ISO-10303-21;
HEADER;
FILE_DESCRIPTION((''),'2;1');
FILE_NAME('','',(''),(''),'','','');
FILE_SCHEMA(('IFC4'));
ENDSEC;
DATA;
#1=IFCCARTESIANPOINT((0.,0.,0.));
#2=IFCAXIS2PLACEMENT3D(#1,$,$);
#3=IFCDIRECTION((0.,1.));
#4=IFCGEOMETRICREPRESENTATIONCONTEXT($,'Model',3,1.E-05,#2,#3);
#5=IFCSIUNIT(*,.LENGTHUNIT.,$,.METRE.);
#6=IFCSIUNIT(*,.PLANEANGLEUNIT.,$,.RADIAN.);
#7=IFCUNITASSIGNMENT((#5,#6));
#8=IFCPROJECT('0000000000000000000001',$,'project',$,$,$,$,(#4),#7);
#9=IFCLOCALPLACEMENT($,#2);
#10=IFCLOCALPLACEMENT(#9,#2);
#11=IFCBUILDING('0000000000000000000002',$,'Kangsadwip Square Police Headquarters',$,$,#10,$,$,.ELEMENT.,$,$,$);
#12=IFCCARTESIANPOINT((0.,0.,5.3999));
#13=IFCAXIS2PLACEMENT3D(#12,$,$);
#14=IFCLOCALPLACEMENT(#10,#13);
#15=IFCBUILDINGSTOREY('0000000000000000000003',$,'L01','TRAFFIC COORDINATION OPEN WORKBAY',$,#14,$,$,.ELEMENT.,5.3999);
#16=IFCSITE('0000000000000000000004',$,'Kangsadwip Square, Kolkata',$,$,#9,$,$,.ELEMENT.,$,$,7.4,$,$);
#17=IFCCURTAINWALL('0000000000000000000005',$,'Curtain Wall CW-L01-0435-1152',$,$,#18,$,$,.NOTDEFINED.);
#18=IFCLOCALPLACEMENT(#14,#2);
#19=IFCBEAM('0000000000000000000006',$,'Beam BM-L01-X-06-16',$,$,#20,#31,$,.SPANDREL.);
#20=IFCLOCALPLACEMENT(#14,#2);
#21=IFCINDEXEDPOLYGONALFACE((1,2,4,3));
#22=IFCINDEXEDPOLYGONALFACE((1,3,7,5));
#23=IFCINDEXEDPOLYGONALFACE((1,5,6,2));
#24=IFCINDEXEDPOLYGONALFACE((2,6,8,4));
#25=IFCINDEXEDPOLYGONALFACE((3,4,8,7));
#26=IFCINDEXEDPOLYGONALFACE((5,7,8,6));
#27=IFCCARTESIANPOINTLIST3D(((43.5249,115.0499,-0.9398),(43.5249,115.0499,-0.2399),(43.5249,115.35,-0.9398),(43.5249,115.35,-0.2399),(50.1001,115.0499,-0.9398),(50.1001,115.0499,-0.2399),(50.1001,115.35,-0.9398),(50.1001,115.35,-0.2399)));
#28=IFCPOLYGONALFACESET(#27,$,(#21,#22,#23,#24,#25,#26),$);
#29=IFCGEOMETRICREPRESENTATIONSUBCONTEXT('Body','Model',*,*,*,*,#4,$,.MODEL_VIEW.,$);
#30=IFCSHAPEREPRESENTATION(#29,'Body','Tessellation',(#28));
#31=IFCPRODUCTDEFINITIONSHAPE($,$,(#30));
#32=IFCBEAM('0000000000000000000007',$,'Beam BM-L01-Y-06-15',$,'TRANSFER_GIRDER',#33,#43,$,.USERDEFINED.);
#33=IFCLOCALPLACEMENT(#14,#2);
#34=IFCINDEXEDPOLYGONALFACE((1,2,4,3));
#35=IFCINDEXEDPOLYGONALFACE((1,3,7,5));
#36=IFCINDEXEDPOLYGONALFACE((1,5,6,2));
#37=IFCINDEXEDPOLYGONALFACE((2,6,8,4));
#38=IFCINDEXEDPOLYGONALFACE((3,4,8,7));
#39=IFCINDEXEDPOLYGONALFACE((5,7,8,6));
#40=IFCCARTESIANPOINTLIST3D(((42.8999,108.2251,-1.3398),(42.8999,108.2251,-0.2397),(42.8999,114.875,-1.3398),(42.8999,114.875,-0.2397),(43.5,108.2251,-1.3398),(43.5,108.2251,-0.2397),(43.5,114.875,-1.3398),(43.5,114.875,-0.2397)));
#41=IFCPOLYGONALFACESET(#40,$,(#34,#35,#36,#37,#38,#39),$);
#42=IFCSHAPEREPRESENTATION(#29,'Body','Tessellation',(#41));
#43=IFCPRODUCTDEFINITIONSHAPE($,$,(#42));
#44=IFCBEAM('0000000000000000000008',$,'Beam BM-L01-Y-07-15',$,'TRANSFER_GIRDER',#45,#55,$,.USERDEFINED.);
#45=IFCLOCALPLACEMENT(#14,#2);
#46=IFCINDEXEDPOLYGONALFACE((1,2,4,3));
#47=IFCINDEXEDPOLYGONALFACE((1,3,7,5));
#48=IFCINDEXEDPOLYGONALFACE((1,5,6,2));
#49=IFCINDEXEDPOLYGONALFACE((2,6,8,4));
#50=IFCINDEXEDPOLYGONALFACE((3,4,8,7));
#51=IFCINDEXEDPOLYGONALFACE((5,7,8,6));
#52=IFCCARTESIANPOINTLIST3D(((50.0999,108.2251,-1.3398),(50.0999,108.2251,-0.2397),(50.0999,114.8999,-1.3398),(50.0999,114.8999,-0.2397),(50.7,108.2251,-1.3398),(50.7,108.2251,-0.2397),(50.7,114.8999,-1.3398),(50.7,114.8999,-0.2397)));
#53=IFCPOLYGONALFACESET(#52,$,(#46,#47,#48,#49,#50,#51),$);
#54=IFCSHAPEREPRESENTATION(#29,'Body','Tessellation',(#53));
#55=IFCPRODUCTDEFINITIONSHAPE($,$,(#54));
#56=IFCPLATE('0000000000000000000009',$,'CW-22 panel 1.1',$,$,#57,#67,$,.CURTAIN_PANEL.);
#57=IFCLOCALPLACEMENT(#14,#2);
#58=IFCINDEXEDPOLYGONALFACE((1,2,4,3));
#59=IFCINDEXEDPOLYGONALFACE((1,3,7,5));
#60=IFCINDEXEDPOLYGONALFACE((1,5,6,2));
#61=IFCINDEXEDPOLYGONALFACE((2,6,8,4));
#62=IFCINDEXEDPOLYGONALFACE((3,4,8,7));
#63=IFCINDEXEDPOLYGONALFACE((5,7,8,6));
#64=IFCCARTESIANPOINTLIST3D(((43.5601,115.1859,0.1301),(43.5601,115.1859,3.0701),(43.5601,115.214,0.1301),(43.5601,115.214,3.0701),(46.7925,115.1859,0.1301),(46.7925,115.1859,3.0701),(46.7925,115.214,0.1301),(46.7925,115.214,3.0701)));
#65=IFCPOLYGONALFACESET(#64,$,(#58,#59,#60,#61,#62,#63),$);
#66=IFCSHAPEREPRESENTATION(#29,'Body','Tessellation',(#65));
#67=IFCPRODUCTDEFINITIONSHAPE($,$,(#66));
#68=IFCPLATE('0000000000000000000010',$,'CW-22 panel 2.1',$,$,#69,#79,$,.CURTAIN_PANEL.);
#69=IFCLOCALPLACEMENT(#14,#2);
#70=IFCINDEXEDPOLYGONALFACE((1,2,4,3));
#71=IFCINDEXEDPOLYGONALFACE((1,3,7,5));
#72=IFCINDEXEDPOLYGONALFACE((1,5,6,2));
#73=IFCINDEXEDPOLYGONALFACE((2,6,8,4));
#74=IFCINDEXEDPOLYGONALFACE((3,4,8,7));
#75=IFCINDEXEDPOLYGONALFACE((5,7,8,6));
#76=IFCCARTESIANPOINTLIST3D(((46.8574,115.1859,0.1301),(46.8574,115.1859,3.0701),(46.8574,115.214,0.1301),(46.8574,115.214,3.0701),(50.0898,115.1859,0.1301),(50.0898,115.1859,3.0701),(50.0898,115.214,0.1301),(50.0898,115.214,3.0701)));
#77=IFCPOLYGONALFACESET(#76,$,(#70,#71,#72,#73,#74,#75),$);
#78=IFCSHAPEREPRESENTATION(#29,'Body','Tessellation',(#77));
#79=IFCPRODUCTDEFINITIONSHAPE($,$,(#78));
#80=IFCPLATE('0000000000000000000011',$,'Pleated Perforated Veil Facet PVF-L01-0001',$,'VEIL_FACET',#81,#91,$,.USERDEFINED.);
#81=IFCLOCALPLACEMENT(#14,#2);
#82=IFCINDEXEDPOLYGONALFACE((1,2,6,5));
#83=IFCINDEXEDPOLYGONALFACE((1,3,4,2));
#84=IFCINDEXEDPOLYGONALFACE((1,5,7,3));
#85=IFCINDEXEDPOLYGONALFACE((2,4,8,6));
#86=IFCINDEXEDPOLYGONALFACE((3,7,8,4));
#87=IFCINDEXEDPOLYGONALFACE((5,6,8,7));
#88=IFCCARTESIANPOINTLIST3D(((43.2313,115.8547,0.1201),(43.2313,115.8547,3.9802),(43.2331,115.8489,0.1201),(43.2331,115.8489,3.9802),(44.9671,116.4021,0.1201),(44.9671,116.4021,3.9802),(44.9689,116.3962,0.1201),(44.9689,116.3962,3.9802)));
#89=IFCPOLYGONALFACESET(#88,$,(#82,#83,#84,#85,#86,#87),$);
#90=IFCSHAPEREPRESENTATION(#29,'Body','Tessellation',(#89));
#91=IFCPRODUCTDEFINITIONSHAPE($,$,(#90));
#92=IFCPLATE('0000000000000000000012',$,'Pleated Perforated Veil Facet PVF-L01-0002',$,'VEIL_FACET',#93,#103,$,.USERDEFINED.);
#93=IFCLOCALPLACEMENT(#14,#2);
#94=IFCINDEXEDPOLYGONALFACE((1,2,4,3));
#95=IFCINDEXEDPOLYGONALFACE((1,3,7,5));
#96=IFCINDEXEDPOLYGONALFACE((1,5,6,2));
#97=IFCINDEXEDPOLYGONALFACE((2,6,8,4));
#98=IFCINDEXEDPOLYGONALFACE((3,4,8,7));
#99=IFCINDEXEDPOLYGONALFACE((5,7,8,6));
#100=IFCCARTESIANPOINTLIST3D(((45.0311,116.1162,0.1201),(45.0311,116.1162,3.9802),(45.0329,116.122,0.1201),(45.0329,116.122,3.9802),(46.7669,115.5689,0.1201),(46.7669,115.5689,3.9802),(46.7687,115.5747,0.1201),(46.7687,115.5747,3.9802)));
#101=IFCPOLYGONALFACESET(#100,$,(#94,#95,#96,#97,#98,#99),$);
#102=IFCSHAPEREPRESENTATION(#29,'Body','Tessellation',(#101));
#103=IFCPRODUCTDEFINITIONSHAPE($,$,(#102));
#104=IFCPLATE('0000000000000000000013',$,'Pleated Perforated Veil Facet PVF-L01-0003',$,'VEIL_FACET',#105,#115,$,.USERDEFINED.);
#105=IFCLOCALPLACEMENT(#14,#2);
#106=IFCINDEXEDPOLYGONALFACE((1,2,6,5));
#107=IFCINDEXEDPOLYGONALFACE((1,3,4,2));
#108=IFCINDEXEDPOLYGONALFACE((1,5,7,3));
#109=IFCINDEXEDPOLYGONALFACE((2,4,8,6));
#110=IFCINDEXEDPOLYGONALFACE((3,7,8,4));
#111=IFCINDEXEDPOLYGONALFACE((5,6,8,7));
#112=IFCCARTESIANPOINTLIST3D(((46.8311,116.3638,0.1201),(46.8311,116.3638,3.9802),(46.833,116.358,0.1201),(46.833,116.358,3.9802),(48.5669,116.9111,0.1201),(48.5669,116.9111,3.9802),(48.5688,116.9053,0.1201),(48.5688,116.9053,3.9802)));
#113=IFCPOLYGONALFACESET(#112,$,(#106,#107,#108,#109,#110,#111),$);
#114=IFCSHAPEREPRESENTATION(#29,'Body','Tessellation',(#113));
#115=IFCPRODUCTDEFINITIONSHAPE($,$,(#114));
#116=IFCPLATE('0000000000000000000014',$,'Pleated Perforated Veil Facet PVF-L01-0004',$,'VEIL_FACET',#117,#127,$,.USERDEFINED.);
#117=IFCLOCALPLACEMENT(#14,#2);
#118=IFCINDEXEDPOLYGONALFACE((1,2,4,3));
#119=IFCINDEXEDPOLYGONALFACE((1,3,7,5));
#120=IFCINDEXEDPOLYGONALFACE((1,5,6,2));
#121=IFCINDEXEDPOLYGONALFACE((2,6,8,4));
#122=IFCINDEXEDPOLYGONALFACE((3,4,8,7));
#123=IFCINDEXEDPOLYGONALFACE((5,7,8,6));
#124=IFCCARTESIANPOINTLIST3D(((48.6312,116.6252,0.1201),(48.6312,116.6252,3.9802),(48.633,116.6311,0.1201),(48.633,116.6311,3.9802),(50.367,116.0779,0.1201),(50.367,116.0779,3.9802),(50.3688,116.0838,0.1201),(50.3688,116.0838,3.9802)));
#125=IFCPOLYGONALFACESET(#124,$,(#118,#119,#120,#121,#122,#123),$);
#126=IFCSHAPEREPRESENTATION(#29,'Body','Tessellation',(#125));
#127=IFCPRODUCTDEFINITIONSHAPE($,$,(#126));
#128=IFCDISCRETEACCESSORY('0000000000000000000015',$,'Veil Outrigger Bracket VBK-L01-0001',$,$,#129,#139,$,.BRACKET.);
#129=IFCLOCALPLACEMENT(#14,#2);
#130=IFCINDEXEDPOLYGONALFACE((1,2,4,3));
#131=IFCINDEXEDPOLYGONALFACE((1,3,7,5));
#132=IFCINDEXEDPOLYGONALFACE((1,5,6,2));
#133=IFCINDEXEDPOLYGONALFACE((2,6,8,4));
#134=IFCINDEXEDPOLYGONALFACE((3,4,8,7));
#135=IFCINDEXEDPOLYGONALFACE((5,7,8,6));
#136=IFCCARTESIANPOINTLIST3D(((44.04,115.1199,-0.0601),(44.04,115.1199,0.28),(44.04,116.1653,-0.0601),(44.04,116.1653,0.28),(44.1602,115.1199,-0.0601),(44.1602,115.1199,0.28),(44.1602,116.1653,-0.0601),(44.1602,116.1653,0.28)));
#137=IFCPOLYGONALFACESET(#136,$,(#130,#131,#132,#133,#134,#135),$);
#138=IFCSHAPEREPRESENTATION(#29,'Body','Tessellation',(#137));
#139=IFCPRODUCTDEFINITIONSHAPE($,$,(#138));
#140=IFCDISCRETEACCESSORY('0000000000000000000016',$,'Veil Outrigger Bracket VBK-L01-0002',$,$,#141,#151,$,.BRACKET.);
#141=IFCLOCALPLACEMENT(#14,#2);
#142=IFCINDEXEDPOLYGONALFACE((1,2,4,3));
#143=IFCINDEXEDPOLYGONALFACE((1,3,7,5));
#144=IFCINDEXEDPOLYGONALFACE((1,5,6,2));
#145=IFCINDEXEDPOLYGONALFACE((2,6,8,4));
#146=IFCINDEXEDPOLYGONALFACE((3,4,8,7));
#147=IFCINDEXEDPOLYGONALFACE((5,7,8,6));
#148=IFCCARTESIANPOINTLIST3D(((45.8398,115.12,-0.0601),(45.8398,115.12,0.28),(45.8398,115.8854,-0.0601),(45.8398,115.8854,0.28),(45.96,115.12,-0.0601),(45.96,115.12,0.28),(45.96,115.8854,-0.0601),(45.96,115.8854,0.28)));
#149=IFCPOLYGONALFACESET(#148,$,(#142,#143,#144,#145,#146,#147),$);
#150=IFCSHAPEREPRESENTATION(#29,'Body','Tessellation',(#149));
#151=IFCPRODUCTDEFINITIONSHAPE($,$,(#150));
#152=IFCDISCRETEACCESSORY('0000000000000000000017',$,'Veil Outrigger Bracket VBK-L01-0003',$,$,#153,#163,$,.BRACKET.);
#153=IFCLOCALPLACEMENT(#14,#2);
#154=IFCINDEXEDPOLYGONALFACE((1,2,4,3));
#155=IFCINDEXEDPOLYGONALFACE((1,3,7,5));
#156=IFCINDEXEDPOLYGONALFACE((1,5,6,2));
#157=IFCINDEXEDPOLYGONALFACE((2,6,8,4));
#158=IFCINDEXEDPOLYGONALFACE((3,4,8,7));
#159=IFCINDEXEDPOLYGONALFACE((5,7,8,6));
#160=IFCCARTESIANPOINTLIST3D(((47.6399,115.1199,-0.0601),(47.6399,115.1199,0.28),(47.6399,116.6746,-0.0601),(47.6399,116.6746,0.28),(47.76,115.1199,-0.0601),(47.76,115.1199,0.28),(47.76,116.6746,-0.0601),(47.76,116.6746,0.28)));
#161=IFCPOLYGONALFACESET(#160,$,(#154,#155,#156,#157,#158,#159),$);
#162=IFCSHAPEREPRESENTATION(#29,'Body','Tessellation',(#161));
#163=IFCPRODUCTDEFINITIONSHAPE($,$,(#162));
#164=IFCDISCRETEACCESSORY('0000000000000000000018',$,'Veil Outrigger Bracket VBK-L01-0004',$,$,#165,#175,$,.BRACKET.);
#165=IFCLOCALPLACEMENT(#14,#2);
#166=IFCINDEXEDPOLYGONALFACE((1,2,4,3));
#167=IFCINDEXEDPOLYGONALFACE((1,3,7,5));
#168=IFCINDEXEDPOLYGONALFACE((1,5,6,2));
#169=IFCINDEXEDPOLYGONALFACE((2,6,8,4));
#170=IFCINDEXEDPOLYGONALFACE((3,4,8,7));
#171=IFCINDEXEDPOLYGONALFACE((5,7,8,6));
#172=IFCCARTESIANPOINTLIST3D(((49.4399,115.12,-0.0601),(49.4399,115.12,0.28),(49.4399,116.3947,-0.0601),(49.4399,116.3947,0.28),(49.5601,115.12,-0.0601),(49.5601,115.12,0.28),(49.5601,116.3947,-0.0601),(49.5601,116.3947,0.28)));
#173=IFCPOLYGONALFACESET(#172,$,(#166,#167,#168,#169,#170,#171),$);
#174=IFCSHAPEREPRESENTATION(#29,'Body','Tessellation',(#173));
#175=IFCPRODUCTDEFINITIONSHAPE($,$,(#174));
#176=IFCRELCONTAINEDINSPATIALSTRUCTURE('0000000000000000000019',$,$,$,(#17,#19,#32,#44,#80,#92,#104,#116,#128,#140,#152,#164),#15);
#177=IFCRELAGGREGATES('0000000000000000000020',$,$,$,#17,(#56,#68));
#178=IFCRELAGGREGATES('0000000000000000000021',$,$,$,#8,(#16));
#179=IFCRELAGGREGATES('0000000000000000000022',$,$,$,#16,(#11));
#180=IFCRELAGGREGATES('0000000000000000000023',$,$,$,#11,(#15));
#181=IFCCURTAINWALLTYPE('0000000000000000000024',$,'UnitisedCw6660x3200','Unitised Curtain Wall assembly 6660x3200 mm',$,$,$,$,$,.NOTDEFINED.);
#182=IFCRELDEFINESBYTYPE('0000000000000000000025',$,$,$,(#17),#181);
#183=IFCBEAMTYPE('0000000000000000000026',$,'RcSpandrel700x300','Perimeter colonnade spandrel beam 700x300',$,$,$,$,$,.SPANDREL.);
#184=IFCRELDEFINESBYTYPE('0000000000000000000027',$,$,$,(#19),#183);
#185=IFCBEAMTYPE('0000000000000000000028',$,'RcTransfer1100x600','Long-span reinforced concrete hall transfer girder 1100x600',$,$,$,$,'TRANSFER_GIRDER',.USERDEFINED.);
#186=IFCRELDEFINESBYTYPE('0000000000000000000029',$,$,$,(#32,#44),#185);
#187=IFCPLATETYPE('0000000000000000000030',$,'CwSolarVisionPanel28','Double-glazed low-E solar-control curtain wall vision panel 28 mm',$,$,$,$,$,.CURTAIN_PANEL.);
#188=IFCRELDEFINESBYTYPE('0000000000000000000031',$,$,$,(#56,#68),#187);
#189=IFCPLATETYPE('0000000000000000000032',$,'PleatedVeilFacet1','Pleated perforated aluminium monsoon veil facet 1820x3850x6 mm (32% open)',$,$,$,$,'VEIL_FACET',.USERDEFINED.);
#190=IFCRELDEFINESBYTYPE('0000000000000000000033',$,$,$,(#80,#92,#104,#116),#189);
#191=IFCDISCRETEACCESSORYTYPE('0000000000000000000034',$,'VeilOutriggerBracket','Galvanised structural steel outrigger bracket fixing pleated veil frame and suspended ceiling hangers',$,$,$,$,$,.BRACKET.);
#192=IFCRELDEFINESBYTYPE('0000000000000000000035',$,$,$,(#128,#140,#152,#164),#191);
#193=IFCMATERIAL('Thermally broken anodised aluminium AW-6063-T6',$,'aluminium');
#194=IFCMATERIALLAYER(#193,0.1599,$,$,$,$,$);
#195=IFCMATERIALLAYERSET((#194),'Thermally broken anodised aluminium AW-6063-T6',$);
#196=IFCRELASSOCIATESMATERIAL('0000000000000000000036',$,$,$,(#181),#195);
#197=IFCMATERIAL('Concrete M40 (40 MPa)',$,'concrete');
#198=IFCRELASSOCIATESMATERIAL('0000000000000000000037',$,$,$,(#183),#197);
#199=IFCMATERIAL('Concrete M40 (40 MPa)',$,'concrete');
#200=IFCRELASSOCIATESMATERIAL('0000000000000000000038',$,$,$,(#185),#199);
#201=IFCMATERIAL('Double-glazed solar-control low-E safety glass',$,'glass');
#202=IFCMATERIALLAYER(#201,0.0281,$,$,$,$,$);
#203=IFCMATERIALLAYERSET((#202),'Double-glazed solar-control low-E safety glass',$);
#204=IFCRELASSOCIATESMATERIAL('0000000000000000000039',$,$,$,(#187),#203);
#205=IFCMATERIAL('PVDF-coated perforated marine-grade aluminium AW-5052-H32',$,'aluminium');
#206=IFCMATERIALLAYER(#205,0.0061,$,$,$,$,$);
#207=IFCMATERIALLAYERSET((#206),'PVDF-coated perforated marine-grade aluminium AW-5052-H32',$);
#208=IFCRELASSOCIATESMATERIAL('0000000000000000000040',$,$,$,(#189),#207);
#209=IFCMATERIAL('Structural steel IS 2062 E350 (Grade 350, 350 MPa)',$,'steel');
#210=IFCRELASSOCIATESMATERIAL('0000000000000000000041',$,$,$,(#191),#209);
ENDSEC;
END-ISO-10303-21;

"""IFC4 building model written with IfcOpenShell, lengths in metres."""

from ifc_helpers import new_model, si_unit, direction, frame, origin, origin_2d, place, context, subcontext, project, spatial, rectangle, extrude, material, layer, layer_set, material_profile, profile_set, type_object, element, aggregate, save


model = new_model("IFC4")

# Units and contexts
model_context = context("Model", 3, precision=1e-05, world=origin(), true_north=direction((0.0, 1.0)))
body_context = subcontext(model_context, "Body", "Model", "MODEL_VIEW")
ifc_project = project(units=[si_unit("LENGTHUNIT", "METRE"), si_unit("PLANEANGLEUNIT", "RADIAN")], contexts=[model_context])

# Site, building, storey
site_placement = place(None, origin())
site = spatial("IfcSite", under=ifc_project, at=site_placement, Name="Kangsadwip Square, Kolkata", CompositionType="ELEMENT", RefElevation=7.4)
building_placement = place(site_placement, origin())
building = spatial("IfcBuilding", under=site, at=building_placement, Name="Kangsadwip Square Police Headquarters", CompositionType="ELEMENT")
storey_placement = place(building_placement, frame((0.0, 0.0, 5.3999)))
storey = spatial("IfcBuildingStorey", under=building, at=storey_placement, Name="L01", Description="TRAFFIC COORDINATION OPEN WORKBAY", CompositionType="ELEMENT", Elevation=5.3999)

# Curtain wall
ifc_material_1 = material(Name="Thermally broken anodised aluminium AW-6063-T6", Category="aluminium")
ifc_layer_1 = layer(ifc_material_1, 0.1599)
ifc_layer_set_1 = layer_set([ifc_layer_1], Name="Thermally broken anodised aluminium AW-6063-T6")
curtain_wall_type_1 = type_object("IfcCurtainWallType", Name="UnitisedCw6660x3200", Description="Unitised Curtain Wall assembly 6660x3200 mm", PredefinedType="NOTDEFINED", material=ifc_layer_set_1)
curtain_wall_1_placement = place(storey_placement, origin())
curtain_wall_1 = element("IfcCurtainWall", 1, at=curtain_wall_1_placement, inside=storey, type_object=curtain_wall_type_1, Name="Curtain Wall CW-L01-0435-1152", PredefinedType="NOTDEFINED")

# Beams
ifc_material_2 = material(Name="Concrete M40 (40 MPa)", Category="concrete")
ifc_material_profile_1 = material_profile(ifc_material_2, rectangle(XDim=0.3, YDim=0.7, at=origin_2d()), Name="RC SPN 700X300")
ifc_profile_set_1 = profile_set([ifc_material_profile_1], Name="Concrete M40 (40 MPa)")
beam_type_1 = type_object("IfcBeamType", Name="RcSpandrel700x300", Description="Perimeter colonnade spandrel beam 700x300", PredefinedType="SPANDREL", material=ifc_profile_set_1)
beam_1_placement = place(storey_placement, frame((43.5249, 115.2, -0.5898), z_axis=(1.0, 0.0, 0.0), x_axis=(0.0, 1.0, 0.0)))
element("IfcBeam", 2, at=beam_1_placement, inside=storey, type_object=beam_type_1, Name="Beam BM-L01-X-06-16", PredefinedType="SPANDREL", context=body_context, shape_type="SweptSolid", body=[
    extrude(rectangle(XDim=0.3, YDim=0.7, at=origin_2d()), origin(), (0.0, 0.0, 1.0), 6.5752),
])
ifc_material_3 = material(Name="Concrete M40 (40 MPa)", Category="concrete")
ifc_material_profile_2 = material_profile(ifc_material_3, rectangle(XDim=0.6001, YDim=1.1001, at=origin_2d()), Name="RC TG 1100X600")
ifc_profile_set_2 = profile_set([ifc_material_profile_2], Name="Concrete M40 (40 MPa)")
beam_type_2 = type_object("IfcBeamType", Name="RcTransfer1100x600", Description="Long-span reinforced concrete hall transfer girder 1100x600", ElementType="TRANSFER_GIRDER", PredefinedType="USERDEFINED", material=ifc_profile_set_2)
beam_2_placement = place(storey_placement, frame((43.2, 108.2251, -0.7898), z_axis=(0.0, 1.0, 0.0), x_axis=(-1.0, 0.0, 0.0)))
element("IfcBeam", 3, at=beam_2_placement, inside=storey, type_object=beam_type_2, Name="Beam BM-L01-Y-06-15", ObjectType="TRANSFER_GIRDER", PredefinedType="USERDEFINED", context=body_context, shape_type="SweptSolid", body=[
    extrude(rectangle(XDim=0.6001, YDim=1.1001, at=origin_2d()), origin(), (0.0, 0.0, 1.0), 6.6499),
])
beam_3_placement = place(storey_placement, frame((50.3999, 108.2251, -0.7898), z_axis=(0.0, 1.0, 0.0), x_axis=(-1.0, 0.0, 0.0)))
element("IfcBeam", 4, at=beam_3_placement, inside=storey, type_object=beam_type_2, Name="Beam BM-L01-Y-07-15", ObjectType="TRANSFER_GIRDER", PredefinedType="USERDEFINED", context=body_context, shape_type="SweptSolid", body=[
    extrude(rectangle(XDim=0.6001, YDim=1.1001, at=origin_2d()), origin(), (0.0, 0.0, 1.0), 6.6748),
])

# Plates
ifc_material_4 = material(Name="Double-glazed solar-control low-E safety glass", Category="glass")
ifc_layer_2 = layer(ifc_material_4, 0.0281)
ifc_layer_set_2 = layer_set([ifc_layer_2], Name="Double-glazed solar-control low-E safety glass")
plate_type_1 = type_object("IfcPlateType", Name="CwSolarVisionPanel28", Description="Double-glazed low-E solar-control curtain wall vision panel 28 mm", PredefinedType="CURTAIN_PANEL", material=ifc_layer_set_2)
plate_1_placement = place(storey_placement, frame((45.1763, 115.2, 0.1301), z_axis=(0.0, 0.0, 1.0), x_axis=(1.0, 0.0, 0.0)))
plate_1 = element("IfcPlate", 5, at=plate_1_placement, type_object=plate_type_1, Name="CW-22 panel 1.1", PredefinedType="CURTAIN_PANEL", context=body_context, shape_type="SweptSolid", body=[
    extrude(rectangle(XDim=3.2324, YDim=0.0281, at=origin_2d()), origin(), (0.0, 0.0, 1.0), 2.9399),
])
plate_2_placement = place(storey_placement, frame((48.4736, 115.2, 0.1301), z_axis=(0.0, 0.0, 1.0), x_axis=(1.0, 0.0, 0.0)))
plate_2 = element("IfcPlate", 6, at=plate_2_placement, type_object=plate_type_1, Name="CW-22 panel 2.1", PredefinedType="CURTAIN_PANEL", context=body_context, shape_type="SweptSolid", body=[
    extrude(rectangle(XDim=3.2324, YDim=0.0281, at=origin_2d()), origin(), (0.0, 0.0, 1.0), 2.9399),
])
aggregate(curtain_wall_1, [plate_1, plate_2])

# Plates
ifc_material_5 = material(Name="PVDF-coated perforated marine-grade aluminium AW-5052-H32", Category="aluminium")
ifc_layer_3 = layer(ifc_material_5, 0.0061)
ifc_layer_set_3 = layer_set([ifc_layer_3], Name="PVDF-coated perforated marine-grade aluminium AW-5052-H32")
plate_type_2 = type_object("IfcPlateType", Name="PleatedVeilFacet1", Description="Pleated perforated aluminium monsoon veil facet 1820x3850x6 mm (32% open)", ElementType="VEIL_FACET", PredefinedType="USERDEFINED", material=ifc_layer_set_3)
for number, where, z_axis, x_axis, name in (
    (7, (44.1001, 116.1255, 0.1201), (0.0, 0.0, 1.0), (0.953717, 0.300706, 0.0), "Pleated Perforated Veil Facet PVF-L01-0001"),
    (8, (45.8999, 115.8455, 0.1201), (0.0, 0.0, 1.0), (0.953717, -0.300706, 0.0), "Pleated Perforated Veil Facet PVF-L01-0002"),
    (9, (47.7, 116.6345, 0.1201), (0.0, 0.0, 1.0), (0.953717, 0.300706, 0.0), "Pleated Perforated Veil Facet PVF-L01-0003"),
    (10, (49.5, 116.3545, 0.1201), (0.0, 0.0, 1.0), (0.953717, -0.300706, 0.0), "Pleated Perforated Veil Facet PVF-L01-0004"),
):
    element("IfcPlate", number, at=place(storey_placement, frame(where, z_axis=z_axis, x_axis=x_axis)), inside=storey, type_object=plate_type_2, Name=name, ObjectType="VEIL_FACET", PredefinedType="USERDEFINED", context=body_context, shape_type="SweptSolid", body=[
        extrude(rectangle(XDim=1.8201, YDim=0.0061, at=origin_2d()), origin(), (0.0, 0.0, 1.0), 3.8601),
    ])

# Discrete accessories
ifc_material_6 = material(Name="Structural steel IS 2062 E350 (Grade 350, 350 MPa)", Category="steel")
discrete_accessory_type = type_object("IfcDiscreteAccessoryType", Name="VeilOutriggerBracket", Description="Galvanised structural steel outrigger bracket fixing pleated veil frame and suspended ceiling hangers", PredefinedType="BRACKET", material=ifc_material_6)
discrete_accessory_1_placement = place(storey_placement, frame((44.1001, 115.6426, -0.0601), z_axis=(0.0, 0.0, 1.0), x_axis=(1.0, 0.0, 0.0)))
element("IfcDiscreteAccessory", 11, at=discrete_accessory_1_placement, inside=storey, type_object=discrete_accessory_type, Name="Veil Outrigger Bracket VBK-L01-0001", PredefinedType="BRACKET", context=body_context, shape_type="SweptSolid", body=[
    extrude(rectangle(XDim=0.1201, YDim=1.0454, at=origin_2d()), origin(), (0.0, 0.0, 1.0), 0.3401),
])
discrete_accessory_2_placement = place(storey_placement, frame((45.8999, 115.5027, -0.0601), z_axis=(0.0, 0.0, 1.0), x_axis=(1.0, 0.0, 0.0)))
element("IfcDiscreteAccessory", 12, at=discrete_accessory_2_placement, inside=storey, type_object=discrete_accessory_type, Name="Veil Outrigger Bracket VBK-L01-0002", PredefinedType="BRACKET", context=body_context, shape_type="SweptSolid", body=[
    extrude(rectangle(XDim=0.1201, YDim=0.7654, at=origin_2d()), origin(), (0.0, 0.0, 1.0), 0.3401),
])
discrete_accessory_3_placement = place(storey_placement, frame((47.7, 115.8972, -0.0601), z_axis=(0.0, 0.0, 1.0), x_axis=(1.0, 0.0, 0.0)))
element("IfcDiscreteAccessory", 13, at=discrete_accessory_3_placement, inside=storey, type_object=discrete_accessory_type, Name="Veil Outrigger Bracket VBK-L01-0003", PredefinedType="BRACKET", context=body_context, shape_type="SweptSolid", body=[
    extrude(rectangle(XDim=0.1201, YDim=1.5547, at=origin_2d()), origin(), (0.0, 0.0, 1.0), 0.3401),
])
discrete_accessory_4_placement = place(storey_placement, frame((49.5, 115.7573, -0.0601), z_axis=(0.0, 0.0, 1.0), x_axis=(1.0, 0.0, 0.0)))
element("IfcDiscreteAccessory", 14, at=discrete_accessory_4_placement, inside=storey, type_object=discrete_accessory_type, Name="Veil Outrigger Bracket VBK-L01-0004", PredefinedType="BRACKET", context=body_context, shape_type="SweptSolid", body=[
    extrude(rectangle(XDim=0.1201, YDim=1.2747, at=origin_2d()), origin(), (0.0, 0.0, 1.0), 0.3401),
])

save(model, "model.ifc")
